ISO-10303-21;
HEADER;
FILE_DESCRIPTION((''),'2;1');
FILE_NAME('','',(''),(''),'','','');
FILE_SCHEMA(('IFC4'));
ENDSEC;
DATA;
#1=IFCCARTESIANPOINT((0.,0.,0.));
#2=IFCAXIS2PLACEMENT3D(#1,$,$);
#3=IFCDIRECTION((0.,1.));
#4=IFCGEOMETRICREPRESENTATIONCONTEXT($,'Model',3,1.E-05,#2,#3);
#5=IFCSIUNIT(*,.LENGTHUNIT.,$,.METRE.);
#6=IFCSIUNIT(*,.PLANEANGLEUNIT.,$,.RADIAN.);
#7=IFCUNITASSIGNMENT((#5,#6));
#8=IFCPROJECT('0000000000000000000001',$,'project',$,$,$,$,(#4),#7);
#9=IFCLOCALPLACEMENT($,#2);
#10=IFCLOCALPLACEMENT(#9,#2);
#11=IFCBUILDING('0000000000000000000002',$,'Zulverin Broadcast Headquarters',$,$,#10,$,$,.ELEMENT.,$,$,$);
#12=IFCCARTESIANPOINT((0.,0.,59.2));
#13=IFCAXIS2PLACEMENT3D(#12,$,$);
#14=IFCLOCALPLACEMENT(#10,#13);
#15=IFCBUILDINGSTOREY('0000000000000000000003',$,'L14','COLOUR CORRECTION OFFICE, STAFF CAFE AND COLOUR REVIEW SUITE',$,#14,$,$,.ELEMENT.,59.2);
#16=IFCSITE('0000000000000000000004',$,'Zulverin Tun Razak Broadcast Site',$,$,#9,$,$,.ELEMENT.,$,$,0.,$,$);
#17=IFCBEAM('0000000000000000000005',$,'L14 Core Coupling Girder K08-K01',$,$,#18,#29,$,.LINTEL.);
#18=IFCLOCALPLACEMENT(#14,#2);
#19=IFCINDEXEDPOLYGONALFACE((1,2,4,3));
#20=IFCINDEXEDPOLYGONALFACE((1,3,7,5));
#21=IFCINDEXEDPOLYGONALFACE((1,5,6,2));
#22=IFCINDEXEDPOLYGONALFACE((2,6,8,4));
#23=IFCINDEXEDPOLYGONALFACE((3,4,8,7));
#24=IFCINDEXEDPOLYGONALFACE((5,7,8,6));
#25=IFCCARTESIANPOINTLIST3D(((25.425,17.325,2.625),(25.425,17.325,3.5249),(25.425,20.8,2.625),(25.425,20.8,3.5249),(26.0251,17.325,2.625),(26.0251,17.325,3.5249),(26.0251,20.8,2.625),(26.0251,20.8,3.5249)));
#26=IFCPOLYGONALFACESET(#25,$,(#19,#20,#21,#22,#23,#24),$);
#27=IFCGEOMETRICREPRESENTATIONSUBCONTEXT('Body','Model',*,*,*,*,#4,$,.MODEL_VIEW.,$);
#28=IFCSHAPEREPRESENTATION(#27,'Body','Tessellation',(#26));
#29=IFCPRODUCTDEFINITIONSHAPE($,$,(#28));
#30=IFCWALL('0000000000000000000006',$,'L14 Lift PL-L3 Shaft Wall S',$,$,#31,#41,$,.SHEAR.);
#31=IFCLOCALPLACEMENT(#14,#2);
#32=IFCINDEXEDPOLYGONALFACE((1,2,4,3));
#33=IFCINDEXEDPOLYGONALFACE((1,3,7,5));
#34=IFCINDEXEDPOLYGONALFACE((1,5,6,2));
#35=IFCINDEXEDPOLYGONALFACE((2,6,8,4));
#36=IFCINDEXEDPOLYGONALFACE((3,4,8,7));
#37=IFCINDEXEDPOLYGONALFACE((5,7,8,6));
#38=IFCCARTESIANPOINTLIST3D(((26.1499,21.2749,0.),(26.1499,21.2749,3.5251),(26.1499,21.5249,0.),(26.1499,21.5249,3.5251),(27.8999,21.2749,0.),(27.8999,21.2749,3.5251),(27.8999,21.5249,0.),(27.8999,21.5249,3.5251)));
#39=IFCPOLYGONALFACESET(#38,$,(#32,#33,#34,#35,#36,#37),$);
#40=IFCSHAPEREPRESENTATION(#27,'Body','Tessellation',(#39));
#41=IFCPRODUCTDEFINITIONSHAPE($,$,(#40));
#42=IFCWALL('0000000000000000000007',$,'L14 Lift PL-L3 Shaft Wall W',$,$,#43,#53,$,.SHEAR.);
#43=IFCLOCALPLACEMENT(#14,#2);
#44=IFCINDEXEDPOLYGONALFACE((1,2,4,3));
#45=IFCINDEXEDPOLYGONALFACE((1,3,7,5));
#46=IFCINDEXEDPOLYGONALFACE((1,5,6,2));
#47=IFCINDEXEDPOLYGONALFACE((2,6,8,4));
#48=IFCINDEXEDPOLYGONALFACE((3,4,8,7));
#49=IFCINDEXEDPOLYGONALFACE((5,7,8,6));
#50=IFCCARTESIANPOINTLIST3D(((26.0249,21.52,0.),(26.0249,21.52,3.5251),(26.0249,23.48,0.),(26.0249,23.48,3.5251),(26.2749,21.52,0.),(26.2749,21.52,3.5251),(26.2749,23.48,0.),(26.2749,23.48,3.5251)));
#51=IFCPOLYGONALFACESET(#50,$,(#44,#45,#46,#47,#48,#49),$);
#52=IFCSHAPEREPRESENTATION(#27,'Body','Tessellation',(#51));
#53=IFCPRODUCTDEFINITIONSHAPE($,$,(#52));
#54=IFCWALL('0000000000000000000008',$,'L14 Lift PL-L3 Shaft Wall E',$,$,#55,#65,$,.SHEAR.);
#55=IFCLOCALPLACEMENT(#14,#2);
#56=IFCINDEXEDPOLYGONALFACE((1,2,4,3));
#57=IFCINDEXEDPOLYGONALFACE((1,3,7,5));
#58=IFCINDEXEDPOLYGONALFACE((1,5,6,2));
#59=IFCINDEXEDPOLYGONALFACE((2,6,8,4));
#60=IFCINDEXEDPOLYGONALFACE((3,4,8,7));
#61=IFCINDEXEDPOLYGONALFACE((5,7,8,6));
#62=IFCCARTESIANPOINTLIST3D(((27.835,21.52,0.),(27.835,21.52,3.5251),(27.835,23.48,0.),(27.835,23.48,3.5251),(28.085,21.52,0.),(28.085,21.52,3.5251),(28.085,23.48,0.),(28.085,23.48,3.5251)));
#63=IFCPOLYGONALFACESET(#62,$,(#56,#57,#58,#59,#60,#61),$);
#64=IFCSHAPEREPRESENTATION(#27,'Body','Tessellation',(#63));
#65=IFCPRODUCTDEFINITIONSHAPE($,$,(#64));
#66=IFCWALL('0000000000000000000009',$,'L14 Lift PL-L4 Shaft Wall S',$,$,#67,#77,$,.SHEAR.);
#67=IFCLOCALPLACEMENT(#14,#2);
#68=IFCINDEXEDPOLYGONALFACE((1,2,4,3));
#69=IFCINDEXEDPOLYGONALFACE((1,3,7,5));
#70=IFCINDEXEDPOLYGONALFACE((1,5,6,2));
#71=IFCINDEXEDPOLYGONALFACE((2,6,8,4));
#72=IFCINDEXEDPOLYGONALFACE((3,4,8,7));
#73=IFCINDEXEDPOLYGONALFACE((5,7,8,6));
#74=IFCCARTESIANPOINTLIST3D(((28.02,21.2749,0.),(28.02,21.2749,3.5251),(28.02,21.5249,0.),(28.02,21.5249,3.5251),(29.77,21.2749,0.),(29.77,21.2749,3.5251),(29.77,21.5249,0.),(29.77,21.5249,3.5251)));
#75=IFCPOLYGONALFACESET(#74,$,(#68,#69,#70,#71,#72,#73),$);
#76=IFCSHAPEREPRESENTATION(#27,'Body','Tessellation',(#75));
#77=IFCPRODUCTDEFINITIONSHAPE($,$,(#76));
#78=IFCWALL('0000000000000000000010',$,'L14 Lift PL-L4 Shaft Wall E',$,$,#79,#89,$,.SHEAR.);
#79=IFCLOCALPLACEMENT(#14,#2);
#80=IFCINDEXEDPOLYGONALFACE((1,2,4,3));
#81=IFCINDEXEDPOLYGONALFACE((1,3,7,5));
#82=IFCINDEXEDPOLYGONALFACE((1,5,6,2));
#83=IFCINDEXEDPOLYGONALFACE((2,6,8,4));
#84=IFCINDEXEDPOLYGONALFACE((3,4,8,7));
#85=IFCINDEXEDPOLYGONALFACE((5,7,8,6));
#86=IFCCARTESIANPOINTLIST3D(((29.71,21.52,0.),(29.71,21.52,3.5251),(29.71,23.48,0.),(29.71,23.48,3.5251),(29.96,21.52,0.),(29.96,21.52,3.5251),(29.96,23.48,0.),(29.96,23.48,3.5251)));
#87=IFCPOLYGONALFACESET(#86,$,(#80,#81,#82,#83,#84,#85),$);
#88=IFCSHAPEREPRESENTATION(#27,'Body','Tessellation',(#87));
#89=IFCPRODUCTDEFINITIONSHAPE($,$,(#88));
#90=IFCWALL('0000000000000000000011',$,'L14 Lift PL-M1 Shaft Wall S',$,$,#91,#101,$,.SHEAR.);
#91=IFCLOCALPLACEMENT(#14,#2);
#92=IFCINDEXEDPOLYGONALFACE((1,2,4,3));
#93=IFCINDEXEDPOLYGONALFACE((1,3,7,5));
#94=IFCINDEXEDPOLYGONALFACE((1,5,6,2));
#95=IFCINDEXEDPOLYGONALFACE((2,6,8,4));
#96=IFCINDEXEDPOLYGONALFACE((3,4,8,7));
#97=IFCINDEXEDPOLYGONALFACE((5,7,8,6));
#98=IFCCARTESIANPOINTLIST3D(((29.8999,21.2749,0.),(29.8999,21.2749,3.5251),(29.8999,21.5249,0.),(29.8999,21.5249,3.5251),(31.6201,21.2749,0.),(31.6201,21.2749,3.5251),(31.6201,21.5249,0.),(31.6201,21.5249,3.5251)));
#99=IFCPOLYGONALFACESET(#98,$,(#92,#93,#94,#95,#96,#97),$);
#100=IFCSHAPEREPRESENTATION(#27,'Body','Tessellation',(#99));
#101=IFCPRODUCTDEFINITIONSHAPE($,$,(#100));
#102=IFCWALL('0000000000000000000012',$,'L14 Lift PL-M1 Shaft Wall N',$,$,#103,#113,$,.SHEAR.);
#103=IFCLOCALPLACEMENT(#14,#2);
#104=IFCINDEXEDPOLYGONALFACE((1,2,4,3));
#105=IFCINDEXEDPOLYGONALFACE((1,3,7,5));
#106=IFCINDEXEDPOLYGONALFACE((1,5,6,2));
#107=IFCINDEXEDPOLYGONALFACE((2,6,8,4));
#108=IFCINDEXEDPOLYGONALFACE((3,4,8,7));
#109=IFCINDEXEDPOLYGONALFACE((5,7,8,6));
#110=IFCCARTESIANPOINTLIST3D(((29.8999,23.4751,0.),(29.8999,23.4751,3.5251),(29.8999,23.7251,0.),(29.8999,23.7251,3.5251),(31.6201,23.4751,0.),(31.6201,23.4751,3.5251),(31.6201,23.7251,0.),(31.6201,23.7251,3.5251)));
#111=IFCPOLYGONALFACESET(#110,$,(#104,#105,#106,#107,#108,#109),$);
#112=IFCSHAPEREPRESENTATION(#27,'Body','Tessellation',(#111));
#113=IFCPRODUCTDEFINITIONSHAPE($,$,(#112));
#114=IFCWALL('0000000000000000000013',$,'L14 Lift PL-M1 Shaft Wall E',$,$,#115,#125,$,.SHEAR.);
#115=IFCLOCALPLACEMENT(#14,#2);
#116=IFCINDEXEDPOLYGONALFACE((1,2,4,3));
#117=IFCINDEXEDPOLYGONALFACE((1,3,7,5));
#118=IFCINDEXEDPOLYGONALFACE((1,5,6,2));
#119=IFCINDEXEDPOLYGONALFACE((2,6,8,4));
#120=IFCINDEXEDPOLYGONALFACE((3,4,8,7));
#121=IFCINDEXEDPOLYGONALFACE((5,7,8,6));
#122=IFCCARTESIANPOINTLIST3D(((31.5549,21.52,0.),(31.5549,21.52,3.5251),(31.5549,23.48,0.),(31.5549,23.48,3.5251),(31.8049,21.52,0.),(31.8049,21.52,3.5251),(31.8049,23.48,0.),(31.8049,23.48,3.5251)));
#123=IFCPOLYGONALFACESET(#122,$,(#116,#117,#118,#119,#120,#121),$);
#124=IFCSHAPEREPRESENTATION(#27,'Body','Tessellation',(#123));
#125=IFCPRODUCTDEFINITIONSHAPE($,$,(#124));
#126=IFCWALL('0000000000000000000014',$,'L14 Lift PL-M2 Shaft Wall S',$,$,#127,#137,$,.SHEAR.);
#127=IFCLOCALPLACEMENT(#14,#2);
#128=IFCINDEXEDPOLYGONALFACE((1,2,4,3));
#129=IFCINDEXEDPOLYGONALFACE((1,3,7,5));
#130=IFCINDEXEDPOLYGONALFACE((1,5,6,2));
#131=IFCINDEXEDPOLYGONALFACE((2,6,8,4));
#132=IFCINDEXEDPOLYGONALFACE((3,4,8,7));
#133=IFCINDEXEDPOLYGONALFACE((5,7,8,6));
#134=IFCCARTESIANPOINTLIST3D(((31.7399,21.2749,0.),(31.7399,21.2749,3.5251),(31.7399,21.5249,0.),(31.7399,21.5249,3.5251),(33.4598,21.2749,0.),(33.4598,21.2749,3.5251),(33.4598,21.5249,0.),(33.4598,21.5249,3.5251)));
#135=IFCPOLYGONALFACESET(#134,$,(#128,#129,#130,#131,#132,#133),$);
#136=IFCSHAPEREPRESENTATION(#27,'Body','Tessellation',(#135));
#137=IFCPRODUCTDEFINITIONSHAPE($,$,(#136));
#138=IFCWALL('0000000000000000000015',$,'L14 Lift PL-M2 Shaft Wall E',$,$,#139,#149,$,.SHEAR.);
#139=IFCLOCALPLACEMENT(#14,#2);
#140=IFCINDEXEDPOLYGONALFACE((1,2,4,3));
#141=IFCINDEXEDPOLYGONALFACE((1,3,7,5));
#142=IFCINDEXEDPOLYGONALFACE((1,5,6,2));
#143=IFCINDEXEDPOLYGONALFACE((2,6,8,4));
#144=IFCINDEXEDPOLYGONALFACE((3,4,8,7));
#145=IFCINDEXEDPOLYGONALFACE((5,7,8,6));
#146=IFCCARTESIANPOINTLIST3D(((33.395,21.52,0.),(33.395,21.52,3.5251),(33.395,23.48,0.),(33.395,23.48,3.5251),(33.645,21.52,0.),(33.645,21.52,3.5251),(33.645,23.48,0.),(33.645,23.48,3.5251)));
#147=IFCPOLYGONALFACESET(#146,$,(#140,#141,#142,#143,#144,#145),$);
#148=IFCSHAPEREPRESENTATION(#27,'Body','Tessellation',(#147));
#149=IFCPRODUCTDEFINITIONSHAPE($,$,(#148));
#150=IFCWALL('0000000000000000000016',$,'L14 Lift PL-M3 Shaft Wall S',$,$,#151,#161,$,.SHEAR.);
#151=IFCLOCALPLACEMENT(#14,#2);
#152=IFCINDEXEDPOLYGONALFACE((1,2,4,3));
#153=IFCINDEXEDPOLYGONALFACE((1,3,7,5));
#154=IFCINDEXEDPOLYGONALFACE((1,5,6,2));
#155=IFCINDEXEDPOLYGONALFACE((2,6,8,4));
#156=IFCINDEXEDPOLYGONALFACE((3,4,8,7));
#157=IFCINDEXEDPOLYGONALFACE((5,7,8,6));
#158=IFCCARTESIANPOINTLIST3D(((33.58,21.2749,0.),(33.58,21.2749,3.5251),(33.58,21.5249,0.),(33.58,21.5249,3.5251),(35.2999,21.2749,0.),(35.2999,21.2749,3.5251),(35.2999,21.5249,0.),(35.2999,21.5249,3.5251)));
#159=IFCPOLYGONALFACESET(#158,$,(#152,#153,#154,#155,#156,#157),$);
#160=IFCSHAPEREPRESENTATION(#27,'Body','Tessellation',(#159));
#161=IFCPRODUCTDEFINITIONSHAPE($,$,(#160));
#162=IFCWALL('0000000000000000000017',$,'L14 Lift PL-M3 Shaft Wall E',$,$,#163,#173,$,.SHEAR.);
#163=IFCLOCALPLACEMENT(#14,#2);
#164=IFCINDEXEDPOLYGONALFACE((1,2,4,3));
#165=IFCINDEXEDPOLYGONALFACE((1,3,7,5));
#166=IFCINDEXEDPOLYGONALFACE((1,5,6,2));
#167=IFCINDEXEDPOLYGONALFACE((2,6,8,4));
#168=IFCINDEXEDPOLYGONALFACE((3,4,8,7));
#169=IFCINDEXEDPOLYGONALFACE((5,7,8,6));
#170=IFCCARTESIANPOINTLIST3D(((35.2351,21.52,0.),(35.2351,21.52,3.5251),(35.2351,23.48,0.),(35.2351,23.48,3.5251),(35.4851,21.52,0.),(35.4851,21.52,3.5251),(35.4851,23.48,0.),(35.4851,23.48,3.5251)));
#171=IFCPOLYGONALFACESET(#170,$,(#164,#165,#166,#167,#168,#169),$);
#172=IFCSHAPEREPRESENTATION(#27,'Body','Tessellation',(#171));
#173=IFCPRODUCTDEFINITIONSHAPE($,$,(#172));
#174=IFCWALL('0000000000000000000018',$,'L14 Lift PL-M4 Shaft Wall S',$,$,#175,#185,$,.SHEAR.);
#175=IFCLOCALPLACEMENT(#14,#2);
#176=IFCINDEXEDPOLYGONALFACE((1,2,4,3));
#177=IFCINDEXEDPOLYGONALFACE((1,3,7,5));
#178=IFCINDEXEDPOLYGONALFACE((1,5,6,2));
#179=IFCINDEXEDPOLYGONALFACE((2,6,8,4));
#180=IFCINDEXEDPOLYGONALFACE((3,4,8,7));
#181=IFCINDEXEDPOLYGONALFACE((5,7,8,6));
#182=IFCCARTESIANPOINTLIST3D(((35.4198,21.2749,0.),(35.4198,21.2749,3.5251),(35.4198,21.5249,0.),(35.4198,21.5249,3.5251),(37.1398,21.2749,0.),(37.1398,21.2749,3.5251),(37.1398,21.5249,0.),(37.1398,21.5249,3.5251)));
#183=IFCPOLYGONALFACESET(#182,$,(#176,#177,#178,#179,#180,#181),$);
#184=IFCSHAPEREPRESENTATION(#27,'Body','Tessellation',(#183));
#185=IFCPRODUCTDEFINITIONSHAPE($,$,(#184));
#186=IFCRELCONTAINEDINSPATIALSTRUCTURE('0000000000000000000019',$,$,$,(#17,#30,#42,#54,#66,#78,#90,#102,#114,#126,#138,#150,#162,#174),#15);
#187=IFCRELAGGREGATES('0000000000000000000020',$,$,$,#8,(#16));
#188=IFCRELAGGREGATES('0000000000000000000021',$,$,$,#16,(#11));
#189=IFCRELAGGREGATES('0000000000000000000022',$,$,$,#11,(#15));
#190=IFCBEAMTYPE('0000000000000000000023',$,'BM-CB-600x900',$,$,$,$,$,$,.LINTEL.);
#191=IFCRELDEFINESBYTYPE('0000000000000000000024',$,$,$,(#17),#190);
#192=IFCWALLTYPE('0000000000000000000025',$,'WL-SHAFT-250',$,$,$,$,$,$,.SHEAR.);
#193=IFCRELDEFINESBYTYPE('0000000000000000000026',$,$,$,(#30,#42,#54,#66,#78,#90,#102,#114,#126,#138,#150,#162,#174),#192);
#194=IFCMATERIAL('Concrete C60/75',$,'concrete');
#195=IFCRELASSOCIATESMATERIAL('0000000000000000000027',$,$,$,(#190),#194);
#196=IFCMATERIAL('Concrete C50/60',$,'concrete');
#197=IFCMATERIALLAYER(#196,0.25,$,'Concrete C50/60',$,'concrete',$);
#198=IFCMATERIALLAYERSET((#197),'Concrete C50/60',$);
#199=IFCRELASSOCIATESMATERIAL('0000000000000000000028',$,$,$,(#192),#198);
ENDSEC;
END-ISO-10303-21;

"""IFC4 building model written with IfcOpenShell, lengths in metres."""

from ifc_helpers import new_model, si_unit, direction, frame, frame_2d, origin, origin_2d, place, context, subcontext, project, spatial, rectangle, extrude, material, layer, layer_set, material_profile, profile_set, type_object, element, save


model = new_model("IFC4")

# Units and contexts
model_context = context("Model", 3, precision=1e-05, world=origin(), true_north=direction((0.0, 1.0)))
body_context = subcontext(model_context, "Body", "Model", "MODEL_VIEW")
ifc_project = project(units=[si_unit("LENGTHUNIT", "METRE"), si_unit("PLANEANGLEUNIT", "RADIAN")], contexts=[model_context])

# Site, building, storey
site_placement = place(None, origin())
site = spatial("IfcSite", under=ifc_project, at=site_placement, Name="Zulverin Tun Razak Broadcast Site", CompositionType="ELEMENT", RefElevation=0.0)
building_placement = place(site_placement, origin())
building = spatial("IfcBuilding", under=site, at=building_placement, Name="Zulverin Broadcast Headquarters", CompositionType="ELEMENT")
storey_placement = place(building_placement, frame((0.0, 0.0, 59.2)))
storey = spatial("IfcBuildingStorey", under=building, at=storey_placement, Name="L14", Description="COLOUR CORRECTION OFFICE, STAFF CAFE AND COLOUR REVIEW SUITE", CompositionType="ELEMENT", Elevation=59.2)

# Beam
ifc_material_1 = material(Name="Concrete C60/75", Category="concrete")
ifc_material_profile = material_profile(ifc_material_1, rectangle(XDim=0.6001, YDim=0.8999, at=origin_2d()), Name="Concrete C60/75", Category="concrete")
ifc_profile_set = profile_set([ifc_material_profile], Name="Concrete C60/75")
beam_type = type_object("IfcBeamType", Name="BM-CB-600x900", PredefinedType="LINTEL", material=ifc_profile_set)
beam_placement = place(storey_placement, frame((25.7251, 20.8, 3.075), z_axis=(0.0, -1.0, 0.0), x_axis=(1.0, 0.0, 0.0)))
element("IfcBeam", 1, at=beam_placement, inside=storey, type_object=beam_type, Name="L14 Core Coupling Girder K08-K01", PredefinedType="LINTEL", context=body_context, shape_type="SweptSolid", body=[
    extrude(rectangle(XDim=0.6001, YDim=0.8999, at=origin_2d()), origin(), (0.0, 0.0, 1.0), 3.4751),
])

# Wall
ifc_material_2 = material(Name="Concrete C50/60", Category="concrete")
ifc_layer = layer(ifc_material_2, 0.25, Name="Concrete C50/60", Category="concrete")
ifc_layer_set = layer_set([ifc_layer], Name="Concrete C50/60")
wall_type = type_object("IfcWallType", Name="WL-SHAFT-250", PredefinedType="SHEAR", material=ifc_layer_set)
wall_1_placement = place(storey_placement, frame((26.1499, 21.3999, 0.0), z_axis=(0.0, 0.0, 1.0), x_axis=(1.0, 0.0, 0.0)))
element("IfcWall", 2, at=wall_1_placement, inside=storey, type_object=wall_type, Name="L14 Lift PL-L3 Shaft Wall S", PredefinedType="SHEAR", context=body_context, shape_type="SweptSolid", body=[
    extrude(rectangle(XDim=1.75, YDim=0.25, at=frame_2d((0.875, 0.0))), origin(), (0.0, 0.0, 1.0), 3.5251),
])

# Walls
for number, where, z_axis, x_axis, name in (
    (3, (26.1499, 21.52, 0.0), (0.0, 0.0, 1.0), (0.0, 1.0, 0.0), "L14 Lift PL-L3 Shaft Wall W"),
    (4, (27.96, 21.52, 0.0), (0.0, 0.0, 1.0), (0.0, 1.0, 0.0), "L14 Lift PL-L3 Shaft Wall E"),
):
    element("IfcWall", number, at=place(storey_placement, frame(where, z_axis=z_axis, x_axis=x_axis)), inside=storey, type_object=wall_type, Name=name, PredefinedType="SHEAR", context=body_context, shape_type="SweptSolid", body=[
        extrude(rectangle(XDim=1.96, YDim=0.25, at=frame_2d((0.98, 0.0))), origin(), (0.0, 0.0, 1.0), 3.5251),
    ])
wall_2_placement = place(storey_placement, frame((28.02, 21.3999, 0.0), z_axis=(0.0, 0.0, 1.0), x_axis=(1.0, 0.0, 0.0)))
element("IfcWall", 5, at=wall_2_placement, inside=storey, type_object=wall_type, Name="L14 Lift PL-L4 Shaft Wall S", PredefinedType="SHEAR", context=body_context, shape_type="SweptSolid", body=[
    extrude(rectangle(XDim=1.75, YDim=0.25, at=frame_2d((0.875, 0.0))), origin(), (0.0, 0.0, 1.0), 3.5251),
])

# Walls
wall_3_placement = place(storey_placement, frame((29.835, 21.52, 0.0), z_axis=(0.0, 0.0, 1.0), x_axis=(0.0, 1.0, 0.0)))
element("IfcWall", 6, at=wall_3_placement, inside=storey, type_object=wall_type, Name="L14 Lift PL-L4 Shaft Wall E", PredefinedType="SHEAR", context=body_context, shape_type="SweptSolid", body=[
    extrude(rectangle(XDim=1.96, YDim=0.25, at=frame_2d((0.98, 0.0))), origin(), (0.0, 0.0, 1.0), 3.5251),
])
for number, where, z_axis, x_axis, name in (
    (7, (29.8999, 21.3999, 0.0), (0.0, 0.0, 1.0), (1.0, 0.0, 0.0), "L14 Lift PL-M1 Shaft Wall S"),
    (8, (29.8999, 23.6001, 0.0), (0.0, 0.0, 1.0), (1.0, 0.0, 0.0), "L14 Lift PL-M1 Shaft Wall N"),
):
    element("IfcWall", number, at=place(storey_placement, frame(where, z_axis=z_axis, x_axis=x_axis)), inside=storey, type_object=wall_type, Name=name, PredefinedType="SHEAR", context=body_context, shape_type="SweptSolid", body=[
        extrude(rectangle(XDim=1.7202, YDim=0.25, at=frame_2d((0.8601, 0.0))), origin(), (0.0, 0.0, 1.0), 3.5251),
    ])
wall_4_placement = place(storey_placement, frame((31.6799, 21.52, 0.0), z_axis=(0.0, 0.0, 1.0), x_axis=(0.0, 1.0, 0.0)))
element("IfcWall", 9, at=wall_4_placement, inside=storey, type_object=wall_type, Name="L14 Lift PL-M1 Shaft Wall E", PredefinedType="SHEAR", context=body_context, shape_type="SweptSolid", body=[
    extrude(rectangle(XDim=1.96, YDim=0.25, at=frame_2d((0.98, 0.0))), origin(), (0.0, 0.0, 1.0), 3.5251),
])
wall_5_placement = place(storey_placement, frame((31.74, 21.3999, 0.0), z_axis=(0.0, 0.0, 1.0), x_axis=(1.0, 0.0, 0.0)))
element("IfcWall", 10, at=wall_5_placement, inside=storey, type_object=wall_type, Name="L14 Lift PL-M2 Shaft Wall S", PredefinedType="SHEAR", context=body_context, shape_type="SweptSolid", body=[
    extrude(rectangle(XDim=1.72, YDim=0.25, at=frame_2d((0.8599, 0.0))), origin(), (0.0, 0.0, 1.0), 3.5251),
])
wall_6_placement = place(storey_placement, frame((33.52, 21.52, 0.0), z_axis=(0.0, 0.0, 1.0), x_axis=(0.0, 1.0, 0.0)))
element("IfcWall", 11, at=wall_6_placement, inside=storey, type_object=wall_type, Name="L14 Lift PL-M2 Shaft Wall E", PredefinedType="SHEAR", context=body_context, shape_type="SweptSolid", body=[
    extrude(rectangle(XDim=1.96, YDim=0.25, at=frame_2d((0.98, 0.0))), origin(), (0.0, 0.0, 1.0), 3.5251),
])
wall_7_placement = place(storey_placement, frame((33.5801, 21.3999, 0.0), z_axis=(0.0, 0.0, 1.0), x_axis=(1.0, 0.0, 0.0)))
element("IfcWall", 12, at=wall_7_placement, inside=storey, type_object=wall_type, Name="L14 Lift PL-M3 Shaft Wall S", PredefinedType="SHEAR", context=body_context, shape_type="SweptSolid", body=[
    extrude(rectangle(XDim=1.72, YDim=0.25, at=frame_2d((0.8599, 0.0))), origin(), (0.0, 0.0, 1.0), 3.5251),
])
wall_8_placement = place(storey_placement, frame((35.3601, 21.52, 0.0), z_axis=(0.0, 0.0, 1.0), x_axis=(0.0, 1.0, 0.0)))
element("IfcWall", 13, at=wall_8_placement, inside=storey, type_object=wall_type, Name="L14 Lift PL-M3 Shaft Wall E", PredefinedType="SHEAR", context=body_context, shape_type="SweptSolid", body=[
    extrude(rectangle(XDim=1.96, YDim=0.25, at=frame_2d((0.98, 0.0))), origin(), (0.0, 0.0, 1.0), 3.5251),
])
wall_9_placement = place(storey_placement, frame((35.4199, 21.3999, 0.0), z_axis=(0.0, 0.0, 1.0), x_axis=(1.0, 0.0, 0.0)))
element("IfcWall", 14, at=wall_9_placement, inside=storey, type_object=wall_type, Name="L14 Lift PL-M4 Shaft Wall S", PredefinedType="SHEAR", context=body_context, shape_type="SweptSolid", body=[
    extrude(rectangle(XDim=1.72, YDim=0.25, at=frame_2d((0.8599, 0.0))), origin(), (0.0, 0.0, 1.0), 3.5251),
])

save(model, "model.ifc")
